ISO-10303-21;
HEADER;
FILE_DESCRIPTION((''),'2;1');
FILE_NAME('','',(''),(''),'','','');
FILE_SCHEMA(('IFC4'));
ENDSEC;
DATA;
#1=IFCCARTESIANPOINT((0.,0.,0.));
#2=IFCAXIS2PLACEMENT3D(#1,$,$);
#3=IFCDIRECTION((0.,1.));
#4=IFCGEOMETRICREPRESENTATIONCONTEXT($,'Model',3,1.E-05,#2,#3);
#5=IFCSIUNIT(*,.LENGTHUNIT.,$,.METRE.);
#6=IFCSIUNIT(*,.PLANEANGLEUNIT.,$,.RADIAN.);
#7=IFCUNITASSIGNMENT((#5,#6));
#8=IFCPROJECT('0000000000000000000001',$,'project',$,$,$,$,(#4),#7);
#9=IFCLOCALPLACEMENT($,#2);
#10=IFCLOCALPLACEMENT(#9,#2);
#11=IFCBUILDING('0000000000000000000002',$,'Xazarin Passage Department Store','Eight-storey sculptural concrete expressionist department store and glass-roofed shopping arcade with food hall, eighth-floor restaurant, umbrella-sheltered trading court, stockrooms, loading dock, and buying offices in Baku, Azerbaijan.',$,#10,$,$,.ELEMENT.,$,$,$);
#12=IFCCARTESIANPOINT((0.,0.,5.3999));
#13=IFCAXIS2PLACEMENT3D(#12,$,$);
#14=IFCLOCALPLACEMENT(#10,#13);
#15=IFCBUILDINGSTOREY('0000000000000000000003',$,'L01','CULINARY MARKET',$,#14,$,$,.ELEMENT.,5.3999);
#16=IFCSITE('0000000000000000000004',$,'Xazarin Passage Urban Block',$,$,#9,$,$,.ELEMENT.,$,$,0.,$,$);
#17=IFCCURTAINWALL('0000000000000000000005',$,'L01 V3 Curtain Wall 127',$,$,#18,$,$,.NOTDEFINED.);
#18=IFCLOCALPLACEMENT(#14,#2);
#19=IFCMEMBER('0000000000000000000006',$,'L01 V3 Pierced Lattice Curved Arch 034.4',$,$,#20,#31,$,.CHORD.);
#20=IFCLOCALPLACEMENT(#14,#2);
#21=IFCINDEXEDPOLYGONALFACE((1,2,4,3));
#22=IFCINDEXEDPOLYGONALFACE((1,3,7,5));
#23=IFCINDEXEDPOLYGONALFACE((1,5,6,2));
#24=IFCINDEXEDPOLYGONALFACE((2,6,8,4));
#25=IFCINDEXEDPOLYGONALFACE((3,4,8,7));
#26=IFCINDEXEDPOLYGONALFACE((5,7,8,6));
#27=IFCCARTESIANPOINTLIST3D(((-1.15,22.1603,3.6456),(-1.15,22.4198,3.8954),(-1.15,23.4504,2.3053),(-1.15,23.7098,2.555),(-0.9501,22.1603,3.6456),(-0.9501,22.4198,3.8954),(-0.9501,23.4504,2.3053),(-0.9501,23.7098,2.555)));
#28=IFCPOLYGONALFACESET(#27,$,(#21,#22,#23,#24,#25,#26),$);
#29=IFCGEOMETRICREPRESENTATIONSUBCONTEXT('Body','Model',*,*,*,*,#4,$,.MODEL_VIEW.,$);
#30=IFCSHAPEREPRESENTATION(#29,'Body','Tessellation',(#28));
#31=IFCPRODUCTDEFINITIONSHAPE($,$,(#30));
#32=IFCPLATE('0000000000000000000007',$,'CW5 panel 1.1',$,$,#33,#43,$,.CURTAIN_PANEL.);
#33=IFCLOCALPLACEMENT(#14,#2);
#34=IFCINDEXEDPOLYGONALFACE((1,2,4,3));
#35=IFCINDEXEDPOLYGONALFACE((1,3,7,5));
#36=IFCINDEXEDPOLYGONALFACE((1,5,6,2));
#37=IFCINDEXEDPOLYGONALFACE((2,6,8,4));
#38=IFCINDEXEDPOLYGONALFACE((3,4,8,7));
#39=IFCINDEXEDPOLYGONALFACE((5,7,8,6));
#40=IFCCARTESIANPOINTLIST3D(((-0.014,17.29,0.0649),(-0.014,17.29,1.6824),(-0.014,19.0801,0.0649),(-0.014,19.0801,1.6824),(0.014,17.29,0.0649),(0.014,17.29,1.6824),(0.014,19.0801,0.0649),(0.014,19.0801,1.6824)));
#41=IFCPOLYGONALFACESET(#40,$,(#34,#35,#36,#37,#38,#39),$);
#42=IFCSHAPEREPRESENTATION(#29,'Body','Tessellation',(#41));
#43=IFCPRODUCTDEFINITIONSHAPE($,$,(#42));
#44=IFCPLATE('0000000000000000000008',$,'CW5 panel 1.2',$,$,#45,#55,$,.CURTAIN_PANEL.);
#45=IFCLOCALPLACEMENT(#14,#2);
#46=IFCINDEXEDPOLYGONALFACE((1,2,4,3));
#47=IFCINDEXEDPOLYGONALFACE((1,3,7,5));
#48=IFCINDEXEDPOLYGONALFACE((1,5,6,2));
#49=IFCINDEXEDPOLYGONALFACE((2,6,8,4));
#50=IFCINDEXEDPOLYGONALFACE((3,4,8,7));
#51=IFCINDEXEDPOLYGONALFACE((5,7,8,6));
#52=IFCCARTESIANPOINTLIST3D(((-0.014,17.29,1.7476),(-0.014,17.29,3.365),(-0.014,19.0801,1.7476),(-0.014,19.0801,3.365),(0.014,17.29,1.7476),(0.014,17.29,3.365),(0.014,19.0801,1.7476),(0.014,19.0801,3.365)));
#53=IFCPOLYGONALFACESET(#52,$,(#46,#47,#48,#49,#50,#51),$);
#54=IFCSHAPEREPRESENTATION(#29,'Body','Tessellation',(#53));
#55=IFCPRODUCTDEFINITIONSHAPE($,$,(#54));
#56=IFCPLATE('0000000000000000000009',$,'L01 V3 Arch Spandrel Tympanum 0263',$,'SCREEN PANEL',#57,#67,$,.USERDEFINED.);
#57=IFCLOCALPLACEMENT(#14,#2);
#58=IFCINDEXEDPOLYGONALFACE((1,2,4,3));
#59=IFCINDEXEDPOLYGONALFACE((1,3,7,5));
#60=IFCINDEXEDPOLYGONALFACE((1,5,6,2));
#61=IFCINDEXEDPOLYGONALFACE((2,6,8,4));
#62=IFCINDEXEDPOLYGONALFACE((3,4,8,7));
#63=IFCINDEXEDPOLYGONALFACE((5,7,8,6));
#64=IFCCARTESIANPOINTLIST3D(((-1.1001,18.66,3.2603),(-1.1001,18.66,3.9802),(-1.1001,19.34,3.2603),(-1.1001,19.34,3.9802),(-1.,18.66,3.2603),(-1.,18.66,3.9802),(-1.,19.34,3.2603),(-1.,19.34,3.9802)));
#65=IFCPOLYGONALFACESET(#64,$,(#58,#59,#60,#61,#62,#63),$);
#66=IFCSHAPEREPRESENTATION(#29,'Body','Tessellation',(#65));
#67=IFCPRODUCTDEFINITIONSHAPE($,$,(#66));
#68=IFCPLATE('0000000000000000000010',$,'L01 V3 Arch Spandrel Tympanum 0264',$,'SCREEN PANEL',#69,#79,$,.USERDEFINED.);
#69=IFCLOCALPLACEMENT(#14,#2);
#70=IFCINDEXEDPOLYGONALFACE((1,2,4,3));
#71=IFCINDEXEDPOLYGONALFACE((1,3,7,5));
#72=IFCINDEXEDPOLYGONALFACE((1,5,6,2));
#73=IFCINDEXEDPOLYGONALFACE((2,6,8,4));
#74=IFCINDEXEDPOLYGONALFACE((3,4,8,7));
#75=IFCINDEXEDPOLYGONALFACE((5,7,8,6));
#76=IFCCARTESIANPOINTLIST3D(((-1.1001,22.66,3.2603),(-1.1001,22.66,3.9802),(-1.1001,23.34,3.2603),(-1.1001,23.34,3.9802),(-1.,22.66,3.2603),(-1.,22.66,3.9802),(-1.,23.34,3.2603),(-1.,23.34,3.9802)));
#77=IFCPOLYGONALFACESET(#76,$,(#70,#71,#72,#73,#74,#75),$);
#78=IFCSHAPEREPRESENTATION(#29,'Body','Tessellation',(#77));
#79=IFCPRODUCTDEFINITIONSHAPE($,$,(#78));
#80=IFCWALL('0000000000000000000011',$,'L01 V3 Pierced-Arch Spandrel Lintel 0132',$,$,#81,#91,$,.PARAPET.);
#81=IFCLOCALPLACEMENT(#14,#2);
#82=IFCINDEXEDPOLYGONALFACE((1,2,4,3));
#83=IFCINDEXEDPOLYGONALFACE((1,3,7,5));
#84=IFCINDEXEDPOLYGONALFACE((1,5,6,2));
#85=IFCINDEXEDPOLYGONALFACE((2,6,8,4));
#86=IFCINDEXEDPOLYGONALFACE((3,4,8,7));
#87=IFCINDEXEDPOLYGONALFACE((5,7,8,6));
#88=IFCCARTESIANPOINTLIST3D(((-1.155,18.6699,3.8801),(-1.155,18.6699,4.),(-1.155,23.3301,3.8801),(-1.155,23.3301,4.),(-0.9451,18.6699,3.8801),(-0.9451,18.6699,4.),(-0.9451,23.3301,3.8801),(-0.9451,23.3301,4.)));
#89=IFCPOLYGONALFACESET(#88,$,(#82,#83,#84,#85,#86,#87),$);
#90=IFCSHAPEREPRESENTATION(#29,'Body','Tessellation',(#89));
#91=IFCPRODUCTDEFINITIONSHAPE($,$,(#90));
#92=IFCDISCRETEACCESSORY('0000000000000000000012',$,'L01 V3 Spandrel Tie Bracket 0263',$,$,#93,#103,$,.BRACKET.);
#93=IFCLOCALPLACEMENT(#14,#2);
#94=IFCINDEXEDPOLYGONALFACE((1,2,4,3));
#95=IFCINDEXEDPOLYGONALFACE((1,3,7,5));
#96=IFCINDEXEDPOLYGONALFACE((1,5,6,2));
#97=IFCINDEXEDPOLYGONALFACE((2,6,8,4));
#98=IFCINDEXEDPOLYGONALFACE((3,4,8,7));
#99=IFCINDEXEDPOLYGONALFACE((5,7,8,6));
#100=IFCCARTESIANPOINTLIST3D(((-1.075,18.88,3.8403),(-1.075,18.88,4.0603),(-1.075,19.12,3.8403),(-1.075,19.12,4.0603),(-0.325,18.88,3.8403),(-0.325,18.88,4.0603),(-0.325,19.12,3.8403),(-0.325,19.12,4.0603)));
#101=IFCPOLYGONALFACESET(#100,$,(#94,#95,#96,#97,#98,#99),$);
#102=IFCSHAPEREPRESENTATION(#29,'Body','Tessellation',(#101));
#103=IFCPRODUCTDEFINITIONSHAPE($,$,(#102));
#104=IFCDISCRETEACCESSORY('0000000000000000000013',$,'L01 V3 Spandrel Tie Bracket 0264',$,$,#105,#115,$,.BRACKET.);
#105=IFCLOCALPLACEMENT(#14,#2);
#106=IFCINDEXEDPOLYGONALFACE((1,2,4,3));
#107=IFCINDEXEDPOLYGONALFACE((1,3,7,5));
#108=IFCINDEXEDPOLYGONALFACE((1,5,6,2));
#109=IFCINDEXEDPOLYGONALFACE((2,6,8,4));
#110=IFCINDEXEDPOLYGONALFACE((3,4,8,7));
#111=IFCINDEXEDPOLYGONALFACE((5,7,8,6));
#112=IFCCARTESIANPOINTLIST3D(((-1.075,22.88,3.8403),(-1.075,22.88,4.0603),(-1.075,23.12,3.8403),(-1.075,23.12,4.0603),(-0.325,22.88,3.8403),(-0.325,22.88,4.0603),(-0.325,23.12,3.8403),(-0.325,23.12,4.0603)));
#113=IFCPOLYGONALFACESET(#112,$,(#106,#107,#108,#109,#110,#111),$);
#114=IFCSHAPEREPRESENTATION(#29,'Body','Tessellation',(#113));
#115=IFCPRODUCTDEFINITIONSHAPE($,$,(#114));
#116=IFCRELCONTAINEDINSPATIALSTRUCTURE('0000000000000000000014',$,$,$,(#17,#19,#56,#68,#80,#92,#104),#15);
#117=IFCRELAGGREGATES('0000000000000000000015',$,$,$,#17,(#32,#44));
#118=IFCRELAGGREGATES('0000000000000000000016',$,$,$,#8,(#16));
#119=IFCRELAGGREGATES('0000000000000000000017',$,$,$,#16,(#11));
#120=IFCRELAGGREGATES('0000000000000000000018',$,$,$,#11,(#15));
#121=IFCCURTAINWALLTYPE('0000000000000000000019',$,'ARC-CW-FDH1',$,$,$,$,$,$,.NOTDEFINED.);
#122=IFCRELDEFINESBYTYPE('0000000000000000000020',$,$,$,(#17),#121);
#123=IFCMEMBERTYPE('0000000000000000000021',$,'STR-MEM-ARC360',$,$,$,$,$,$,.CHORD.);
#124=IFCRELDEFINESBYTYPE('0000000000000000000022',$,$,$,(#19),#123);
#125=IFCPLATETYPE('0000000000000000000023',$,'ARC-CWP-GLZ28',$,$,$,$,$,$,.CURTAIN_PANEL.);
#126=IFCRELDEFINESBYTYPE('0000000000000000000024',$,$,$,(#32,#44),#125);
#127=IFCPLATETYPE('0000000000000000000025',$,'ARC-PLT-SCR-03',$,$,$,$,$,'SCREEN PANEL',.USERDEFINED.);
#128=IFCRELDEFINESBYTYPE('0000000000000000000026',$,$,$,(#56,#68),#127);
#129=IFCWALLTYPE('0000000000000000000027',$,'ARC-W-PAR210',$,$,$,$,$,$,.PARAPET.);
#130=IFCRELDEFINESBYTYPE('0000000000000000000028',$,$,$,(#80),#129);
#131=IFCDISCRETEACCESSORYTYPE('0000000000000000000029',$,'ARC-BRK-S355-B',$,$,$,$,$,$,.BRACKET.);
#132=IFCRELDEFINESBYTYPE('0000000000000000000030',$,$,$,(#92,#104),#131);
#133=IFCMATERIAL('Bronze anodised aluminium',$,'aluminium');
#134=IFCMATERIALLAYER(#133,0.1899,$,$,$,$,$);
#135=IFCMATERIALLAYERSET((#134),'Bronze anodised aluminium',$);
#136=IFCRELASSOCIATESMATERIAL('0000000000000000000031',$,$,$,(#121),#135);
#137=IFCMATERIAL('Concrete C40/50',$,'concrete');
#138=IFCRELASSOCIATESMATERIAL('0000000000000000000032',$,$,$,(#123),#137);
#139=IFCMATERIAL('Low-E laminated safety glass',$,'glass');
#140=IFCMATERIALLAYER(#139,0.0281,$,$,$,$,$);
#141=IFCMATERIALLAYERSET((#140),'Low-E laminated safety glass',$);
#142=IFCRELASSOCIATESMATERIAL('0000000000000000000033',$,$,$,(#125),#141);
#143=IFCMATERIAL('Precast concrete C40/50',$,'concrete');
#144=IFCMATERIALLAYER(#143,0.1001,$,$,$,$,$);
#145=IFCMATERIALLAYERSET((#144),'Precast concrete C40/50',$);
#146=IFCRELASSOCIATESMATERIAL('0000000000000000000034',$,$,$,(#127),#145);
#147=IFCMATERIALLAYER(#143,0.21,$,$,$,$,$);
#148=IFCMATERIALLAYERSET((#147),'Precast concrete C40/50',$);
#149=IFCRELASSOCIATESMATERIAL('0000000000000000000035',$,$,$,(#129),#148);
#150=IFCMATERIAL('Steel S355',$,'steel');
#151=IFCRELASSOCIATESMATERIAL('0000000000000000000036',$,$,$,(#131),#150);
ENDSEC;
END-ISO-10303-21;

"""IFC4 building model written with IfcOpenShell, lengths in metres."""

from ifc_helpers import new_model, si_unit, direction, frame, frame_2d, origin, origin_2d, place, context, subcontext, project, spatial, rectangle, extrude, material, layer, layer_set, material_profile, profile_set, type_object, element, aggregate, save


model = new_model("IFC4")

# Units and contexts
model_context = context("Model", 3, precision=1e-05, world=origin(), true_north=direction((0.0, 1.0)))
body_context = subcontext(model_context, "Body", "Model", "MODEL_VIEW")
ifc_project = project(units=[si_unit("LENGTHUNIT", "METRE"), si_unit("PLANEANGLEUNIT", "RADIAN")], contexts=[model_context])

# Site, building, storey
site_placement = place(None, origin())
site = spatial("IfcSite", under=ifc_project, at=site_placement, Name="Xazarin Passage Urban Block", CompositionType="ELEMENT", RefElevation=0.0)
building_placement = place(site_placement, origin())
building = spatial("IfcBuilding", under=site, at=building_placement, Name="Xazarin Passage Department Store", Description="Eight-storey sculptural concrete expressionist department store and glass-roofed shopping arcade with food hall, eighth-floor restaurant, umbrella-sheltered trading court, stockrooms, loading dock, and buying offices in Baku, Azerbaijan.", CompositionType="ELEMENT")
storey_placement = place(building_placement, frame((0.0, 0.0, 5.3999)))
storey = spatial("IfcBuildingStorey", under=building, at=storey_placement, Name="L01", Description="CULINARY MARKET", CompositionType="ELEMENT", Elevation=5.3999)

# Shared definitions
ifc_material_1 = material(Name="Concrete C40/50", Category="concrete")

# Curtain wall
ifc_material_2 = material(Name="Bronze anodised aluminium", Category="aluminium")
ifc_layer_1 = layer(ifc_material_2, 0.1899)
ifc_layer_set_1 = layer_set([ifc_layer_1], Name="Bronze anodised aluminium")
curtain_wall_type = type_object("IfcCurtainWallType", Name="ARC-CW-FDH1", PredefinedType="NOTDEFINED", material=ifc_layer_set_1)
curtain_wall_placement = place(storey_placement, origin())
curtain_wall = element("IfcCurtainWall", 1, at=curtain_wall_placement, inside=storey, type_object=curtain_wall_type, Name="L01 V3 Curtain Wall 127", PredefinedType="NOTDEFINED")

# Member
ifc_material_profile_1 = material_profile(ifc_material_1, rectangle(XDim=0.2, YDim=0.3601, at=origin_2d()), Name="RC 200x360")
ifc_profile_set_1 = profile_set([ifc_material_profile_1], Name="Concrete C40/50")
member_type_1 = type_object("IfcMemberType", Name="STR-MEM-ARC360", PredefinedType="CHORD", material=ifc_profile_set_1)
member_1_placement = place(storey_placement, frame((-1.05, 22.29, 3.7705), z_axis=(0.0, 0.69346, -0.720495), x_axis=(-1.0, 0.0, 0.0)))
element("IfcMember", 2, at=member_1_placement, inside=storey, type_object=member_type_1, Name="L01 V3 Pierced Lattice Curved Arch 034.4", PredefinedType="CHORD", context=body_context, shape_type="SweptSolid", body=[
    extrude(rectangle(XDim=0.2, YDim=0.3601, at=origin_2d()), origin(), (0.0, 0.0, 1.0), 1.8604),
])

# Plates
ifc_material_3 = material(Name="Low-E laminated safety glass", Category="glass")
ifc_layer_2 = layer(ifc_material_3, 0.0281)
ifc_layer_set_2 = layer_set([ifc_layer_2], Name="Low-E laminated safety glass")
plate_type_1 = type_object("IfcPlateType", Name="ARC-CWP-GLZ28", PredefinedType="CURTAIN_PANEL", material=ifc_layer_set_2)
plate_1_placement = place(storey_placement, frame((0.0, 18.1851, 0.0649), z_axis=(0.0, 0.0, 1.0), x_axis=(0.0, 1.0, 0.0)))
plate_1 = element("IfcPlate", 3, at=plate_1_placement, type_object=plate_type_1, Name="CW5 panel 1.1", PredefinedType="CURTAIN_PANEL", context=body_context, shape_type="SweptSolid", body=[
    extrude(rectangle(XDim=1.79, YDim=0.0281, at=origin_2d()), origin(), (0.0, 0.0, 1.0), 1.6174),
])
plate_2_placement = place(storey_placement, frame((0.0, 18.1851, 1.7476), z_axis=(0.0, 0.0, 1.0), x_axis=(0.0, 1.0, 0.0)))
plate_2 = element("IfcPlate", 4, at=plate_2_placement, type_object=plate_type_1, Name="CW5 panel 1.2", PredefinedType="CURTAIN_PANEL", context=body_context, shape_type="SweptSolid", body=[
    extrude(rectangle(XDim=1.79, YDim=0.0281, at=origin_2d()), origin(), (0.0, 0.0, 1.0), 1.6174),
])
aggregate(curtain_wall, [plate_1, plate_2])

# Plates
ifc_material_4 = material(Name="Precast concrete C40/50", Category="concrete")
ifc_layer_3 = layer(ifc_material_4, 0.1001)
ifc_layer_set_3 = layer_set([ifc_layer_3], Name="Precast concrete C40/50")
plate_type_2 = type_object("IfcPlateType", Name="ARC-PLT-SCR-03", ElementType="SCREEN PANEL", PredefinedType="USERDEFINED", material=ifc_layer_set_3)
for number, where, z_axis, x_axis, name in (
    (5, (-1.05, 19.0, 3.2603), (0.0, 0.0, 1.0), (0.0, 1.0, 0.0), "L01 V3 Arch Spandrel Tympanum 0263"),
    (6, (-1.05, 23.0, 3.2603), (0.0, 0.0, 1.0), (0.0, 1.0, 0.0), "L01 V3 Arch Spandrel Tympanum 0264"),
):
    element("IfcPlate", number, at=place(storey_placement, frame(where, z_axis=z_axis, x_axis=x_axis)), inside=storey, type_object=plate_type_2, Name=name, ObjectType="SCREEN PANEL", PredefinedType="USERDEFINED", context=body_context, shape_type="SweptSolid", body=[
        extrude(rectangle(XDim=0.6799, YDim=0.1001, at=origin_2d()), origin(), (0.0, 0.0, 1.0), 0.72),
    ])

# Wall
ifc_layer_4 = layer(ifc_material_4, 0.21)
ifc_layer_set_4 = layer_set([ifc_layer_4], Name="Precast concrete C40/50")
wall_type = type_object("IfcWallType", Name="ARC-W-PAR210", PredefinedType="PARAPET", material=ifc_layer_set_4)
wall_placement = place(storey_placement, frame((-1.05, 18.6699, 3.8801), z_axis=(0.0, 0.0, 1.0), x_axis=(0.0, 1.0, 0.0)))
element("IfcWall", 7, at=wall_placement, inside=storey, type_object=wall_type, Name="L01 V3 Pierced-Arch Spandrel Lintel 0132", PredefinedType="PARAPET", context=body_context, shape_type="SweptSolid", body=[
    extrude(rectangle(XDim=4.6602, YDim=0.21, at=frame_2d((2.3301, 0.0))), origin(), (0.0, 0.0, 1.0), 0.1199),
])

# Discrete accessories
ifc_material_5 = material(Name="Steel S355", Category="steel")
discrete_accessory_type = type_object("IfcDiscreteAccessoryType", Name="ARC-BRK-S355-B", PredefinedType="BRACKET", material=ifc_material_5)
for number, where, z_axis, x_axis, name in (
    (8, (-0.7, 19.0, 3.8403), (0.0, 0.0, 1.0), (0.0, 1.0, 0.0), "L01 V3 Spandrel Tie Bracket 0263"),
    (9, (-0.7, 23.0, 3.8403), (0.0, 0.0, 1.0), (0.0, 1.0, 0.0), "L01 V3 Spandrel Tie Bracket 0264"),
):
    element("IfcDiscreteAccessory", number, at=place(storey_placement, frame(where, z_axis=z_axis, x_axis=x_axis)), inside=storey, type_object=discrete_accessory_type, Name=name, PredefinedType="BRACKET", context=body_context, shape_type="SweptSolid", body=[
        extrude(rectangle(XDim=0.24, YDim=0.75, at=origin_2d()), origin(), (0.0, 0.0, 1.0), 0.22),
    ])

save(model, "model.ifc")
